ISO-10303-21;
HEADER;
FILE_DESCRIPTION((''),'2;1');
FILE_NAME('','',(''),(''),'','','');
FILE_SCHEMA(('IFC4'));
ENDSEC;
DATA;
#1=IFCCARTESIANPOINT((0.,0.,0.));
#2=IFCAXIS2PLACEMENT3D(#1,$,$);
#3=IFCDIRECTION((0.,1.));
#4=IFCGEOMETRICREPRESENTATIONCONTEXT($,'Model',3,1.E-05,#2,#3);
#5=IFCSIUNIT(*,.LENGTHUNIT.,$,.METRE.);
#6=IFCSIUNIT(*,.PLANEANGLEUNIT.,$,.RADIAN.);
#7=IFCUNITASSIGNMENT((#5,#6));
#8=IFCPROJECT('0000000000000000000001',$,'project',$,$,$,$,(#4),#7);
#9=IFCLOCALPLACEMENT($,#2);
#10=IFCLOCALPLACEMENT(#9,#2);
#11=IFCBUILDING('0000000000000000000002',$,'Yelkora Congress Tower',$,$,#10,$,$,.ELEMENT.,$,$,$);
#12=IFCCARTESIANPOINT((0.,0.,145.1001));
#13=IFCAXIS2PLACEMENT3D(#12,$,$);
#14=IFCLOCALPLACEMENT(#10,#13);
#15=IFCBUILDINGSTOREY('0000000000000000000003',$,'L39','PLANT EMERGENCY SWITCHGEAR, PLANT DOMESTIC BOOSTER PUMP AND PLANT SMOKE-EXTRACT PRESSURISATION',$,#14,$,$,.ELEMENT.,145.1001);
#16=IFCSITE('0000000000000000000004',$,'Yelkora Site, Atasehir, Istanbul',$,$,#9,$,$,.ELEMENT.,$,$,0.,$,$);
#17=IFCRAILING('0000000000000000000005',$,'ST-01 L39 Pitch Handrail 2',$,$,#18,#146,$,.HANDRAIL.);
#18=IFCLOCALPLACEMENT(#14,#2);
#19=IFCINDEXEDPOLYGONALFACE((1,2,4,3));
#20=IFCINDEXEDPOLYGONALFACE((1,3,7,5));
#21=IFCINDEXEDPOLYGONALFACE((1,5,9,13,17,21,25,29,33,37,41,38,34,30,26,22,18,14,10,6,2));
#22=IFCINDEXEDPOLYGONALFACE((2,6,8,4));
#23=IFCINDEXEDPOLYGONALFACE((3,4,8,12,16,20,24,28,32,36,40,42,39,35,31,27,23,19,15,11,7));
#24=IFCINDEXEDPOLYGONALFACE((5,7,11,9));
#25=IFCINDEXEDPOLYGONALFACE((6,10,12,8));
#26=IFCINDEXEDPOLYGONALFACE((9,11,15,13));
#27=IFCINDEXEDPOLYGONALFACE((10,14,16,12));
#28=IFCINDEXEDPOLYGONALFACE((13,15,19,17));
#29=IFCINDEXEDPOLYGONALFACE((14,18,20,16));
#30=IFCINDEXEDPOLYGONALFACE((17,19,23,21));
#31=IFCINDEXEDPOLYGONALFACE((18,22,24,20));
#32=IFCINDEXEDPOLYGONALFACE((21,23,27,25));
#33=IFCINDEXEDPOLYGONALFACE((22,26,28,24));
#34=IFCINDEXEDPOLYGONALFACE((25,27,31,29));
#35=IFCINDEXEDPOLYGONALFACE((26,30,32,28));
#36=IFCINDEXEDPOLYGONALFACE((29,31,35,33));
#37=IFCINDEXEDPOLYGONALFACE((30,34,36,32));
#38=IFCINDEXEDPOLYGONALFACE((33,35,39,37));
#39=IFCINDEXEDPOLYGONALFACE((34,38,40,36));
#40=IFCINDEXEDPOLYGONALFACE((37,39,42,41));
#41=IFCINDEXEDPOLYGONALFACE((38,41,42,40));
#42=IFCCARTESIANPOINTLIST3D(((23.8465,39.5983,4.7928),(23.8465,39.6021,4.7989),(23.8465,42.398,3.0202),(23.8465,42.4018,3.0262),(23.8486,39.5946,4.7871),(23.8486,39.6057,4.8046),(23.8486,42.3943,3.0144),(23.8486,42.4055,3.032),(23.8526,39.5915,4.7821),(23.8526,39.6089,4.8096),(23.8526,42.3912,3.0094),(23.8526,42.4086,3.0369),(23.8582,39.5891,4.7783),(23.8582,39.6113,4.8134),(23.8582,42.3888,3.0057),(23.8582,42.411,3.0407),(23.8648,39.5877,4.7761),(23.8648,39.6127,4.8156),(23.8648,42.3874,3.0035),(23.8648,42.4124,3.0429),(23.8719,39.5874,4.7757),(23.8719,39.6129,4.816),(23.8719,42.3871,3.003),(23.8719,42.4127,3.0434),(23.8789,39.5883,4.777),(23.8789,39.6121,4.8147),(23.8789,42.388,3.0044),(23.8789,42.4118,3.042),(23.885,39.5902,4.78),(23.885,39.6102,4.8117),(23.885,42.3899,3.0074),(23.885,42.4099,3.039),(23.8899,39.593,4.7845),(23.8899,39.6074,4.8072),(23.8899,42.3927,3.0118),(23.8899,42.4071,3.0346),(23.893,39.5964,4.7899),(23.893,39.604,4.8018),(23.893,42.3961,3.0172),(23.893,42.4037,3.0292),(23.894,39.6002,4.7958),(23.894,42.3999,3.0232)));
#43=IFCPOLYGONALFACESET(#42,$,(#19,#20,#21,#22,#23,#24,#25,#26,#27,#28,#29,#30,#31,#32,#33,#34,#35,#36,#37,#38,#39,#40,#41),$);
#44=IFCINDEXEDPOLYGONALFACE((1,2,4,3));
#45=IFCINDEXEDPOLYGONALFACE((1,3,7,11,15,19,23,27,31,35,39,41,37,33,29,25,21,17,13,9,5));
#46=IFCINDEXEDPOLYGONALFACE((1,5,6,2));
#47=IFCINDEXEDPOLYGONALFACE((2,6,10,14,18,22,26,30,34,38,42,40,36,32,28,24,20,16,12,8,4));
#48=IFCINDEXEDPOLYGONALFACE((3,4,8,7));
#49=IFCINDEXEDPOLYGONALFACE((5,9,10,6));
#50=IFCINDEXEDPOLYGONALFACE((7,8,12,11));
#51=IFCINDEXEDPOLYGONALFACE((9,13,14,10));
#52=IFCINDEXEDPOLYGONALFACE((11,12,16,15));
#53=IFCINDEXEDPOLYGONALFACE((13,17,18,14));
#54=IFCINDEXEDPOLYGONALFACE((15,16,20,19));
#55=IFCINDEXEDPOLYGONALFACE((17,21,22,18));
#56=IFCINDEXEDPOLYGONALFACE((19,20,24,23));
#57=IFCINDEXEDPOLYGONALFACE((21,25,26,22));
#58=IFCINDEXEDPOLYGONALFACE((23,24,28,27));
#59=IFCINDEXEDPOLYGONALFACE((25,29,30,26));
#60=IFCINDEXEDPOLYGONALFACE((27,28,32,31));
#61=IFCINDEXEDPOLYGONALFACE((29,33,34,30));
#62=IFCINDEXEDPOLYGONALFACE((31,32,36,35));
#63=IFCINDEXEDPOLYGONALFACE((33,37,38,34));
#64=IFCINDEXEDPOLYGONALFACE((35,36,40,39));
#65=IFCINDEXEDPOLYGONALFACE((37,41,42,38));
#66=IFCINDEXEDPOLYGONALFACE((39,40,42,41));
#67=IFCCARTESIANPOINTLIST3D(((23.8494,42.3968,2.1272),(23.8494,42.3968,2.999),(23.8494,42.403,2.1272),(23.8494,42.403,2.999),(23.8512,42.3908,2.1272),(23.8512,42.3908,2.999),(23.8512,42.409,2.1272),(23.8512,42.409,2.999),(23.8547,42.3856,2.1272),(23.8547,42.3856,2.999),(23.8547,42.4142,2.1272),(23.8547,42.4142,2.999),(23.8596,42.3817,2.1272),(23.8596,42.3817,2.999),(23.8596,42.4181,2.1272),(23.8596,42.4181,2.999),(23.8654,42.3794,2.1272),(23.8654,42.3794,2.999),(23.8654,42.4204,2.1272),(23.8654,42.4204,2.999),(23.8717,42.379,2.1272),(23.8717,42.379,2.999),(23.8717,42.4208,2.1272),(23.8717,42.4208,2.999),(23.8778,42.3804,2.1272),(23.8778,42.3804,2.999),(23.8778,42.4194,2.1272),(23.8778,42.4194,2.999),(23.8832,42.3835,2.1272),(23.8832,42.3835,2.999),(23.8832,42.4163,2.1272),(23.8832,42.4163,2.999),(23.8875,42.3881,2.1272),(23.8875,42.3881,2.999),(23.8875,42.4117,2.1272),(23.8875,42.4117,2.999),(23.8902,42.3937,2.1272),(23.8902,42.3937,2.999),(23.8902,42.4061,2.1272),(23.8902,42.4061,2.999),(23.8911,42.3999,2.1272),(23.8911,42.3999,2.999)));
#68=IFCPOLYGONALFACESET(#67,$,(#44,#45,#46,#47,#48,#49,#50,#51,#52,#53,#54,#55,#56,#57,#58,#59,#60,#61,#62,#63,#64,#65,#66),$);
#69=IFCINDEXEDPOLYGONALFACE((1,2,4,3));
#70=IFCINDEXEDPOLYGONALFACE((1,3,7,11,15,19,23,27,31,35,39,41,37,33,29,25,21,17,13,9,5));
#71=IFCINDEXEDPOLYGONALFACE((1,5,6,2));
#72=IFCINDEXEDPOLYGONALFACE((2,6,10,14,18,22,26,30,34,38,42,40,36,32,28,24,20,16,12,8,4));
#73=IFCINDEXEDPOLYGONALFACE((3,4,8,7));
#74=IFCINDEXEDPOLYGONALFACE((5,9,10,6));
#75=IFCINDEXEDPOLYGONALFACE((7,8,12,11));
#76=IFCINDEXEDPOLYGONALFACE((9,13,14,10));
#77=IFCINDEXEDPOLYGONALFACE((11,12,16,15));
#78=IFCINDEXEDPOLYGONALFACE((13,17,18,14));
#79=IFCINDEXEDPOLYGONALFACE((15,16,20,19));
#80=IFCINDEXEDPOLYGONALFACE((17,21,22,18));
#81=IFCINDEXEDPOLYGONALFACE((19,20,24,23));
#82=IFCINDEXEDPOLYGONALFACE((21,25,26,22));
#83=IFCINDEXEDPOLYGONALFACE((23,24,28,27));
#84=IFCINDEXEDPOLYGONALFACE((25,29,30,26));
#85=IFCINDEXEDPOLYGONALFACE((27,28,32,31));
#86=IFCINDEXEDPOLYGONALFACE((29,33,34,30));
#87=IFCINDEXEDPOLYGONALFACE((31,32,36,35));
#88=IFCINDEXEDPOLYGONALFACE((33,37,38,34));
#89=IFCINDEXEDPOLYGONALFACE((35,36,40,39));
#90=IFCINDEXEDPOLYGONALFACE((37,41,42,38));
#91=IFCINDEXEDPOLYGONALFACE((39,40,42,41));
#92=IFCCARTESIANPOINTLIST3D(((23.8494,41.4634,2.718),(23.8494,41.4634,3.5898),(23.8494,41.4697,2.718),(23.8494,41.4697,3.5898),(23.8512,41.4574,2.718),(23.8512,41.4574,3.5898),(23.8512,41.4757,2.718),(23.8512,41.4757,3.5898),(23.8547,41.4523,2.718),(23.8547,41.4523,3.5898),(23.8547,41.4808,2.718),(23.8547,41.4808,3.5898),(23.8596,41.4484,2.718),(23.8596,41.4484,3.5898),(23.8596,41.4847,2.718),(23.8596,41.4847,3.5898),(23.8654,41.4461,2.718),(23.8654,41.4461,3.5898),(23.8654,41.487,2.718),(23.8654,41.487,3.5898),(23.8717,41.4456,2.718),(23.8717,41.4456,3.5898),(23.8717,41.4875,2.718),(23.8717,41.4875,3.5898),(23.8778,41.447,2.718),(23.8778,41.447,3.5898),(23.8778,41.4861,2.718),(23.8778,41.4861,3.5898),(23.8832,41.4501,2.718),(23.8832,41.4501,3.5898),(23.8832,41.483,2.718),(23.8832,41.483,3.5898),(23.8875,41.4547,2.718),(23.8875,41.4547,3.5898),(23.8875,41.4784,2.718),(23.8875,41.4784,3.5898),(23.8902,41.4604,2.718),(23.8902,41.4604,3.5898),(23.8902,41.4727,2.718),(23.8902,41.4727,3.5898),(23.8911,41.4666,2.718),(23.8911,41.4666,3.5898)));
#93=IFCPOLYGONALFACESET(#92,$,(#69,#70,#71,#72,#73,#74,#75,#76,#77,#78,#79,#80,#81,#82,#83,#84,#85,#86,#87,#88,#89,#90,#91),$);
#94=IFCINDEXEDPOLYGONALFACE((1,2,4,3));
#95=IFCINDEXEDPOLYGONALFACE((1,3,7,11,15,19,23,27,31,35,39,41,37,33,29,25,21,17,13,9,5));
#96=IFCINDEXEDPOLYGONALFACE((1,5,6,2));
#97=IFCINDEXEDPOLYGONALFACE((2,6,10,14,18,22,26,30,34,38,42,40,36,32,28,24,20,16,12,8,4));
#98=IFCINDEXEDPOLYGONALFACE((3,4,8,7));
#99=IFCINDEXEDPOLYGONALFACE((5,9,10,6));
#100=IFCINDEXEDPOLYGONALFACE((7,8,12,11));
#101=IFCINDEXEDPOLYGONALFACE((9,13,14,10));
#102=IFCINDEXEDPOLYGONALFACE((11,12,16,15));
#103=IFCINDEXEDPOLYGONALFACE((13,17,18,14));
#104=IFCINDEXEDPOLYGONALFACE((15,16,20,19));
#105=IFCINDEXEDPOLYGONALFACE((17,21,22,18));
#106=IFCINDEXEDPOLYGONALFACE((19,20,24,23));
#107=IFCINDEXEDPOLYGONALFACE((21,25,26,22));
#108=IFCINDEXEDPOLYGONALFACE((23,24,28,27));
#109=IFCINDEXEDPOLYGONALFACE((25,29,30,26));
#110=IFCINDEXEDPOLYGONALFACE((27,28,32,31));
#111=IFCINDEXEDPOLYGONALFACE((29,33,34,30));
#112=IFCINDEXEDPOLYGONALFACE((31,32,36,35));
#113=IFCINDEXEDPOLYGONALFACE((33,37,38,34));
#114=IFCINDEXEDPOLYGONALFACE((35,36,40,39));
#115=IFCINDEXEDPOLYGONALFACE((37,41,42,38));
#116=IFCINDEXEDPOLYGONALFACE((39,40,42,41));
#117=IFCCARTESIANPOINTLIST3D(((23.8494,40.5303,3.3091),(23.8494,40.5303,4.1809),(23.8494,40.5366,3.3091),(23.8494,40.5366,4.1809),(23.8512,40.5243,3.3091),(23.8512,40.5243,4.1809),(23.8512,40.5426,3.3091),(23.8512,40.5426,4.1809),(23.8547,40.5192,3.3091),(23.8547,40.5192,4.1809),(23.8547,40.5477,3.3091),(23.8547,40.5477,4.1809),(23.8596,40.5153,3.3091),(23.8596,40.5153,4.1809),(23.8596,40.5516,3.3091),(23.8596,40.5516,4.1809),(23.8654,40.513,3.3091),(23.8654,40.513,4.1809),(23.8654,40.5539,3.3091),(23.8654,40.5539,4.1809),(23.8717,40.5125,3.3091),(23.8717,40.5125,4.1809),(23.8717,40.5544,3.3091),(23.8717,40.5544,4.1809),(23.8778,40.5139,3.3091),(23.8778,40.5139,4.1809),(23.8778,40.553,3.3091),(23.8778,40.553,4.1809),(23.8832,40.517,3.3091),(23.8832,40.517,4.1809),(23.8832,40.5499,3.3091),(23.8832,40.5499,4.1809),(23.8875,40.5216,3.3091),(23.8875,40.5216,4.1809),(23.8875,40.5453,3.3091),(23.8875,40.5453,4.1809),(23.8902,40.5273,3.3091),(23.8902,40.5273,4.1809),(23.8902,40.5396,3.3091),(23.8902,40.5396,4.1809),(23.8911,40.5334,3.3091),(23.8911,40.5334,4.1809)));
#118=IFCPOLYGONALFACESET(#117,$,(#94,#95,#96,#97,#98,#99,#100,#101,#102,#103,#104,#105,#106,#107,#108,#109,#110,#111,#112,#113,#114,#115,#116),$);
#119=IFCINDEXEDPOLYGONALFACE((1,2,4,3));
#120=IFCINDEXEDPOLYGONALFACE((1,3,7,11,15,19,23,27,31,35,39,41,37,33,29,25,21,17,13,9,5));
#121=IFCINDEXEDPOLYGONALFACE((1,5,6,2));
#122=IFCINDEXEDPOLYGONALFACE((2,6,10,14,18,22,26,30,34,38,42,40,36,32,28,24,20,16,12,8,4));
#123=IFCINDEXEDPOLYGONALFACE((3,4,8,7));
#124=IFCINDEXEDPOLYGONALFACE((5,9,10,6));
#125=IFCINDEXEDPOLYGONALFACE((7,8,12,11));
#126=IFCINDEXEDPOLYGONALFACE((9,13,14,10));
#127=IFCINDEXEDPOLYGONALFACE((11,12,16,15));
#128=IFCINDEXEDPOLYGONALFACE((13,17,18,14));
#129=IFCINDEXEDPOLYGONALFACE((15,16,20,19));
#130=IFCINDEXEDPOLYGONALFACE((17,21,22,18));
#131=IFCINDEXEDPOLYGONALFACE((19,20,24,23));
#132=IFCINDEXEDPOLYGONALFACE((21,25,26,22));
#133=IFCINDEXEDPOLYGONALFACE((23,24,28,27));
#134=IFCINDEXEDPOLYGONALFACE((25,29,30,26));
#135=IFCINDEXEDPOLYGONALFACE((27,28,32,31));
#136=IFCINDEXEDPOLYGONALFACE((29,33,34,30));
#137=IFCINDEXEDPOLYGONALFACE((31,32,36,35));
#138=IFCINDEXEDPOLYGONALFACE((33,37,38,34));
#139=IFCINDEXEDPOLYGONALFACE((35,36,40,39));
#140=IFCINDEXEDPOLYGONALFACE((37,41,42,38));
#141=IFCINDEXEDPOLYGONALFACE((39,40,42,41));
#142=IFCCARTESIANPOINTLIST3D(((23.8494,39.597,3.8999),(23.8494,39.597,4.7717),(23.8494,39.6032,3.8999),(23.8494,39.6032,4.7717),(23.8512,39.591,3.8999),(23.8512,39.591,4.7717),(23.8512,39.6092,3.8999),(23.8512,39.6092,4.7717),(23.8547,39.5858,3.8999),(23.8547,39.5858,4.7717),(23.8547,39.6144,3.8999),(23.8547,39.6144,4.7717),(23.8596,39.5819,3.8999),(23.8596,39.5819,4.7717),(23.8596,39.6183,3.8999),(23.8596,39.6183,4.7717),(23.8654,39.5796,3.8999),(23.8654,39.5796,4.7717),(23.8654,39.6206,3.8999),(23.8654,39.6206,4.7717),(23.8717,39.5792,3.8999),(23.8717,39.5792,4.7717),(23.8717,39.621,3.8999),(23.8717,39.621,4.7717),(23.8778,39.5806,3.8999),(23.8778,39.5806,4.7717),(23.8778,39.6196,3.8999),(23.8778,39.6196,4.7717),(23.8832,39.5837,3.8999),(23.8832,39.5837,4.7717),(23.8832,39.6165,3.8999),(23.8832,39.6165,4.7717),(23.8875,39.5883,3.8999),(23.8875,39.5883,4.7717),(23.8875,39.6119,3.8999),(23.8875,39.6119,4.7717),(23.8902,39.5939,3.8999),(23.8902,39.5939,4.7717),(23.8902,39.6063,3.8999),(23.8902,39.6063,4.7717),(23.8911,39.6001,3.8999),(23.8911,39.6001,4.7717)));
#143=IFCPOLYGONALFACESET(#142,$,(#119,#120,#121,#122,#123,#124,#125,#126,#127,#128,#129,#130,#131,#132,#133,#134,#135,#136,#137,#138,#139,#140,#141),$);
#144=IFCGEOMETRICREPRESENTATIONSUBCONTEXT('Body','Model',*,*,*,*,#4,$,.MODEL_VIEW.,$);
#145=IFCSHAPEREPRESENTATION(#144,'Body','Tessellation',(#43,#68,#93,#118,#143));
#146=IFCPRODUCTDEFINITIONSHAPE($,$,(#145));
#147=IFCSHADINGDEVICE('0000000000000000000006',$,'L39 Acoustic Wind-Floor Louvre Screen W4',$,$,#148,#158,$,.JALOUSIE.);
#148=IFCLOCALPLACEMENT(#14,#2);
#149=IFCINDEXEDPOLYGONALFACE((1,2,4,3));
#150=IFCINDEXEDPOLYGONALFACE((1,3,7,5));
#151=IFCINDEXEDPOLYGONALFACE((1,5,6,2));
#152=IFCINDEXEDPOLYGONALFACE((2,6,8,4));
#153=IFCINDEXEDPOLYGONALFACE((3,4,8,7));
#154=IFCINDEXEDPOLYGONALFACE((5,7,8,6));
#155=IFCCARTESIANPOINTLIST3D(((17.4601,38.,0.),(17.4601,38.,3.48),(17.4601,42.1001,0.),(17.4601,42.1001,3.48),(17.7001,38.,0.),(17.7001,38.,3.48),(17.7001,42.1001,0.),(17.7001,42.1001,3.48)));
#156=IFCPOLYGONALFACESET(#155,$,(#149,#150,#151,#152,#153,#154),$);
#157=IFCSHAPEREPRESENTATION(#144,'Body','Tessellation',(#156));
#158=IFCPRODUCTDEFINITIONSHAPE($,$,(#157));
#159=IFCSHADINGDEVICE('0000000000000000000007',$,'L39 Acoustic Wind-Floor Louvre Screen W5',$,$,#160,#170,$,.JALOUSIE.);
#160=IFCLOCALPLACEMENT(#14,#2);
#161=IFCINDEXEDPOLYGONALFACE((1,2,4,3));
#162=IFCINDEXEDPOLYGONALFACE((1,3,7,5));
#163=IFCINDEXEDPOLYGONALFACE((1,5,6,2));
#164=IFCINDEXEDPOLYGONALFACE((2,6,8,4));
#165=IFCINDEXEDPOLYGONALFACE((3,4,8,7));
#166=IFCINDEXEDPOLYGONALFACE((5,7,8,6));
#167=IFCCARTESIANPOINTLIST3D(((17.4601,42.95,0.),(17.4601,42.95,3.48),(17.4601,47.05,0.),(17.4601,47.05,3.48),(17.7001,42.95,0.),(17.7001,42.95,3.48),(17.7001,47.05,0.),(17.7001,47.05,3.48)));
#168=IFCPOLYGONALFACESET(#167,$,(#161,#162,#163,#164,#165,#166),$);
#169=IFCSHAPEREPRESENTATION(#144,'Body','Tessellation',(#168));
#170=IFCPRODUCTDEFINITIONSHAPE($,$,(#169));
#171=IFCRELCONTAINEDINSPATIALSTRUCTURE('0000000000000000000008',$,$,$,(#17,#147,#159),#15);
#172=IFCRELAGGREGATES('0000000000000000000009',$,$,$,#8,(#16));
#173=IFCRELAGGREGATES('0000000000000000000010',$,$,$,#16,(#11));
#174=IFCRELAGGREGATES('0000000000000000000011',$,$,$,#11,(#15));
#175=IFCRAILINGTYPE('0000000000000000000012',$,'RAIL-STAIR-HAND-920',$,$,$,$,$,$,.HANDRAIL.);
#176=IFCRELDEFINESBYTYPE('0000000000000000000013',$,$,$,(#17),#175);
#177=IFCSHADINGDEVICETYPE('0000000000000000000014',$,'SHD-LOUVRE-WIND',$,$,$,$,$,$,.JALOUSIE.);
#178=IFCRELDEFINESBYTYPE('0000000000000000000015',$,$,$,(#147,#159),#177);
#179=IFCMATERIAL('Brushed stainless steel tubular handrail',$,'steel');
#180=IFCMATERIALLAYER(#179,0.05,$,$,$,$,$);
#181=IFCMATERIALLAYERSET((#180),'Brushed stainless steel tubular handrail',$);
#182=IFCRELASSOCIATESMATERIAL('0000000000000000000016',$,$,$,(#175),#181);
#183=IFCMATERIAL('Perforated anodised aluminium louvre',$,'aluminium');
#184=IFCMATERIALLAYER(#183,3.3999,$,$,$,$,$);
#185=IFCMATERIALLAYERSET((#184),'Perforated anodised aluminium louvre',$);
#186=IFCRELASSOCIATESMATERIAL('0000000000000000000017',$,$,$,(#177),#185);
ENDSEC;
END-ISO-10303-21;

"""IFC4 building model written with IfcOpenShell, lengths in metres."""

from ifc_helpers import new_model, si_unit, direction, frame, origin, origin_2d, place, context, subcontext, project, spatial, rectangle, circle, extrude, material, layer, layer_set, type_object, element, save


model = new_model("IFC4")

# Units and contexts
model_context = context("Model", 3, precision=1e-05, world=origin(), true_north=direction((0.0, 1.0)))
body_context = subcontext(model_context, "Body", "Model", "MODEL_VIEW")
ifc_project = project(units=[si_unit("LENGTHUNIT", "METRE"), si_unit("PLANEANGLEUNIT", "RADIAN")], contexts=[model_context])

# Site, building, storey
site_placement = place(None, origin())
site = spatial("IfcSite", under=ifc_project, at=site_placement, Name="Yelkora Site, Atasehir, Istanbul", CompositionType="ELEMENT", RefElevation=0.0)
building_placement = place(site_placement, origin())
building = spatial("IfcBuilding", under=site, at=building_placement, Name="Yelkora Congress Tower", CompositionType="ELEMENT")
storey_placement = place(building_placement, frame((0.0, 0.0, 145.1001)))
storey = spatial("IfcBuildingStorey", under=building, at=storey_placement, Name="L39", Description="PLANT EMERGENCY SWITCHGEAR, PLANT DOMESTIC BOOSTER PUMP AND PLANT SMOKE-EXTRACT PRESSURISATION", CompositionType="ELEMENT", Elevation=145.1001)

# Railing
ifc_material_1 = material(Name="Brushed stainless steel tubular handrail", Category="steel")
ifc_layer_1 = layer(ifc_material_1, 0.05)
ifc_layer_set_1 = layer_set([ifc_layer_1], Name="Brushed stainless steel tubular handrail")
railing_type_1 = type_object("IfcRailingType", Name="RAIL-STAIR-HAND-920", PredefinedType="HANDRAIL", material=ifc_layer_set_1)
railing_1_placement = place(storey_placement, frame((23.8701, 42.3999, 2.1272)))
element("IfcRailing", 1, at=railing_1_placement, inside=storey, type_object=railing_type_1, Name="ST-01 L39 Pitch Handrail 2", PredefinedType="HANDRAIL", context=body_context, shape_type="SweptSolid", body=[
    extrude(circle(Radius=0.0239, at=origin_2d()), frame((0.0, 0.0, 0.896), z_axis=(0.0, -0.844888, 0.534943), x_axis=(1.0, 0.0, 0.0)), (0.0, 0.0, 1.0), 3.3137),
    extrude(circle(Radius=0.021, at=origin_2d()), origin(), (0.0, 0.0, 1.0), 0.8718),
    extrude(circle(Radius=0.021, at=origin_2d()), frame((0.0, -0.9333, 0.5908)), (0.0, 0.0, 1.0), 0.8718),
    extrude(circle(Radius=0.021, at=origin_2d()), frame((0.0, -1.8665, 1.1819)), (0.0, 0.0, 1.0), 0.8718),
    extrude(circle(Radius=0.021, at=origin_2d()), frame((0.0, -2.7998, 1.7727)), (0.0, 0.0, 1.0), 0.8718),
])

# Shading devices
ifc_material_2 = material(Name="Perforated anodised aluminium louvre", Category="aluminium")
ifc_layer_2 = layer(ifc_material_2, 3.3999)
ifc_layer_set_2 = layer_set([ifc_layer_2], Name="Perforated anodised aluminium louvre")
shading_device_type = type_object("IfcShadingDeviceType", Name="SHD-LOUVRE-WIND", PredefinedType="JALOUSIE", material=ifc_layer_set_2)
for number, where, z_axis, x_axis, name in (
    (2, (17.5801, 40.05, 0.0), (0.0, 0.0, 1.0), (1.0, 0.0, 0.0), "L39 Acoustic Wind-Floor Louvre Screen W4"),
    (3, (17.5801, 45.0, 0.0), (0.0, 0.0, 1.0), (1.0, 0.0, 0.0), "L39 Acoustic Wind-Floor Louvre Screen W5"),
):
    element("IfcShadingDevice", number, at=place(storey_placement, frame(where, z_axis=z_axis, x_axis=x_axis)), inside=storey, type_object=shading_device_type, Name=name, PredefinedType="JALOUSIE", context=body_context, shape_type="SweptSolid", body=[
        extrude(rectangle(XDim=0.24, YDim=4.1001, at=origin_2d()), origin(), (0.0, 0.0, 1.0), 3.48),
    ])

save(model, "model.ifc")
